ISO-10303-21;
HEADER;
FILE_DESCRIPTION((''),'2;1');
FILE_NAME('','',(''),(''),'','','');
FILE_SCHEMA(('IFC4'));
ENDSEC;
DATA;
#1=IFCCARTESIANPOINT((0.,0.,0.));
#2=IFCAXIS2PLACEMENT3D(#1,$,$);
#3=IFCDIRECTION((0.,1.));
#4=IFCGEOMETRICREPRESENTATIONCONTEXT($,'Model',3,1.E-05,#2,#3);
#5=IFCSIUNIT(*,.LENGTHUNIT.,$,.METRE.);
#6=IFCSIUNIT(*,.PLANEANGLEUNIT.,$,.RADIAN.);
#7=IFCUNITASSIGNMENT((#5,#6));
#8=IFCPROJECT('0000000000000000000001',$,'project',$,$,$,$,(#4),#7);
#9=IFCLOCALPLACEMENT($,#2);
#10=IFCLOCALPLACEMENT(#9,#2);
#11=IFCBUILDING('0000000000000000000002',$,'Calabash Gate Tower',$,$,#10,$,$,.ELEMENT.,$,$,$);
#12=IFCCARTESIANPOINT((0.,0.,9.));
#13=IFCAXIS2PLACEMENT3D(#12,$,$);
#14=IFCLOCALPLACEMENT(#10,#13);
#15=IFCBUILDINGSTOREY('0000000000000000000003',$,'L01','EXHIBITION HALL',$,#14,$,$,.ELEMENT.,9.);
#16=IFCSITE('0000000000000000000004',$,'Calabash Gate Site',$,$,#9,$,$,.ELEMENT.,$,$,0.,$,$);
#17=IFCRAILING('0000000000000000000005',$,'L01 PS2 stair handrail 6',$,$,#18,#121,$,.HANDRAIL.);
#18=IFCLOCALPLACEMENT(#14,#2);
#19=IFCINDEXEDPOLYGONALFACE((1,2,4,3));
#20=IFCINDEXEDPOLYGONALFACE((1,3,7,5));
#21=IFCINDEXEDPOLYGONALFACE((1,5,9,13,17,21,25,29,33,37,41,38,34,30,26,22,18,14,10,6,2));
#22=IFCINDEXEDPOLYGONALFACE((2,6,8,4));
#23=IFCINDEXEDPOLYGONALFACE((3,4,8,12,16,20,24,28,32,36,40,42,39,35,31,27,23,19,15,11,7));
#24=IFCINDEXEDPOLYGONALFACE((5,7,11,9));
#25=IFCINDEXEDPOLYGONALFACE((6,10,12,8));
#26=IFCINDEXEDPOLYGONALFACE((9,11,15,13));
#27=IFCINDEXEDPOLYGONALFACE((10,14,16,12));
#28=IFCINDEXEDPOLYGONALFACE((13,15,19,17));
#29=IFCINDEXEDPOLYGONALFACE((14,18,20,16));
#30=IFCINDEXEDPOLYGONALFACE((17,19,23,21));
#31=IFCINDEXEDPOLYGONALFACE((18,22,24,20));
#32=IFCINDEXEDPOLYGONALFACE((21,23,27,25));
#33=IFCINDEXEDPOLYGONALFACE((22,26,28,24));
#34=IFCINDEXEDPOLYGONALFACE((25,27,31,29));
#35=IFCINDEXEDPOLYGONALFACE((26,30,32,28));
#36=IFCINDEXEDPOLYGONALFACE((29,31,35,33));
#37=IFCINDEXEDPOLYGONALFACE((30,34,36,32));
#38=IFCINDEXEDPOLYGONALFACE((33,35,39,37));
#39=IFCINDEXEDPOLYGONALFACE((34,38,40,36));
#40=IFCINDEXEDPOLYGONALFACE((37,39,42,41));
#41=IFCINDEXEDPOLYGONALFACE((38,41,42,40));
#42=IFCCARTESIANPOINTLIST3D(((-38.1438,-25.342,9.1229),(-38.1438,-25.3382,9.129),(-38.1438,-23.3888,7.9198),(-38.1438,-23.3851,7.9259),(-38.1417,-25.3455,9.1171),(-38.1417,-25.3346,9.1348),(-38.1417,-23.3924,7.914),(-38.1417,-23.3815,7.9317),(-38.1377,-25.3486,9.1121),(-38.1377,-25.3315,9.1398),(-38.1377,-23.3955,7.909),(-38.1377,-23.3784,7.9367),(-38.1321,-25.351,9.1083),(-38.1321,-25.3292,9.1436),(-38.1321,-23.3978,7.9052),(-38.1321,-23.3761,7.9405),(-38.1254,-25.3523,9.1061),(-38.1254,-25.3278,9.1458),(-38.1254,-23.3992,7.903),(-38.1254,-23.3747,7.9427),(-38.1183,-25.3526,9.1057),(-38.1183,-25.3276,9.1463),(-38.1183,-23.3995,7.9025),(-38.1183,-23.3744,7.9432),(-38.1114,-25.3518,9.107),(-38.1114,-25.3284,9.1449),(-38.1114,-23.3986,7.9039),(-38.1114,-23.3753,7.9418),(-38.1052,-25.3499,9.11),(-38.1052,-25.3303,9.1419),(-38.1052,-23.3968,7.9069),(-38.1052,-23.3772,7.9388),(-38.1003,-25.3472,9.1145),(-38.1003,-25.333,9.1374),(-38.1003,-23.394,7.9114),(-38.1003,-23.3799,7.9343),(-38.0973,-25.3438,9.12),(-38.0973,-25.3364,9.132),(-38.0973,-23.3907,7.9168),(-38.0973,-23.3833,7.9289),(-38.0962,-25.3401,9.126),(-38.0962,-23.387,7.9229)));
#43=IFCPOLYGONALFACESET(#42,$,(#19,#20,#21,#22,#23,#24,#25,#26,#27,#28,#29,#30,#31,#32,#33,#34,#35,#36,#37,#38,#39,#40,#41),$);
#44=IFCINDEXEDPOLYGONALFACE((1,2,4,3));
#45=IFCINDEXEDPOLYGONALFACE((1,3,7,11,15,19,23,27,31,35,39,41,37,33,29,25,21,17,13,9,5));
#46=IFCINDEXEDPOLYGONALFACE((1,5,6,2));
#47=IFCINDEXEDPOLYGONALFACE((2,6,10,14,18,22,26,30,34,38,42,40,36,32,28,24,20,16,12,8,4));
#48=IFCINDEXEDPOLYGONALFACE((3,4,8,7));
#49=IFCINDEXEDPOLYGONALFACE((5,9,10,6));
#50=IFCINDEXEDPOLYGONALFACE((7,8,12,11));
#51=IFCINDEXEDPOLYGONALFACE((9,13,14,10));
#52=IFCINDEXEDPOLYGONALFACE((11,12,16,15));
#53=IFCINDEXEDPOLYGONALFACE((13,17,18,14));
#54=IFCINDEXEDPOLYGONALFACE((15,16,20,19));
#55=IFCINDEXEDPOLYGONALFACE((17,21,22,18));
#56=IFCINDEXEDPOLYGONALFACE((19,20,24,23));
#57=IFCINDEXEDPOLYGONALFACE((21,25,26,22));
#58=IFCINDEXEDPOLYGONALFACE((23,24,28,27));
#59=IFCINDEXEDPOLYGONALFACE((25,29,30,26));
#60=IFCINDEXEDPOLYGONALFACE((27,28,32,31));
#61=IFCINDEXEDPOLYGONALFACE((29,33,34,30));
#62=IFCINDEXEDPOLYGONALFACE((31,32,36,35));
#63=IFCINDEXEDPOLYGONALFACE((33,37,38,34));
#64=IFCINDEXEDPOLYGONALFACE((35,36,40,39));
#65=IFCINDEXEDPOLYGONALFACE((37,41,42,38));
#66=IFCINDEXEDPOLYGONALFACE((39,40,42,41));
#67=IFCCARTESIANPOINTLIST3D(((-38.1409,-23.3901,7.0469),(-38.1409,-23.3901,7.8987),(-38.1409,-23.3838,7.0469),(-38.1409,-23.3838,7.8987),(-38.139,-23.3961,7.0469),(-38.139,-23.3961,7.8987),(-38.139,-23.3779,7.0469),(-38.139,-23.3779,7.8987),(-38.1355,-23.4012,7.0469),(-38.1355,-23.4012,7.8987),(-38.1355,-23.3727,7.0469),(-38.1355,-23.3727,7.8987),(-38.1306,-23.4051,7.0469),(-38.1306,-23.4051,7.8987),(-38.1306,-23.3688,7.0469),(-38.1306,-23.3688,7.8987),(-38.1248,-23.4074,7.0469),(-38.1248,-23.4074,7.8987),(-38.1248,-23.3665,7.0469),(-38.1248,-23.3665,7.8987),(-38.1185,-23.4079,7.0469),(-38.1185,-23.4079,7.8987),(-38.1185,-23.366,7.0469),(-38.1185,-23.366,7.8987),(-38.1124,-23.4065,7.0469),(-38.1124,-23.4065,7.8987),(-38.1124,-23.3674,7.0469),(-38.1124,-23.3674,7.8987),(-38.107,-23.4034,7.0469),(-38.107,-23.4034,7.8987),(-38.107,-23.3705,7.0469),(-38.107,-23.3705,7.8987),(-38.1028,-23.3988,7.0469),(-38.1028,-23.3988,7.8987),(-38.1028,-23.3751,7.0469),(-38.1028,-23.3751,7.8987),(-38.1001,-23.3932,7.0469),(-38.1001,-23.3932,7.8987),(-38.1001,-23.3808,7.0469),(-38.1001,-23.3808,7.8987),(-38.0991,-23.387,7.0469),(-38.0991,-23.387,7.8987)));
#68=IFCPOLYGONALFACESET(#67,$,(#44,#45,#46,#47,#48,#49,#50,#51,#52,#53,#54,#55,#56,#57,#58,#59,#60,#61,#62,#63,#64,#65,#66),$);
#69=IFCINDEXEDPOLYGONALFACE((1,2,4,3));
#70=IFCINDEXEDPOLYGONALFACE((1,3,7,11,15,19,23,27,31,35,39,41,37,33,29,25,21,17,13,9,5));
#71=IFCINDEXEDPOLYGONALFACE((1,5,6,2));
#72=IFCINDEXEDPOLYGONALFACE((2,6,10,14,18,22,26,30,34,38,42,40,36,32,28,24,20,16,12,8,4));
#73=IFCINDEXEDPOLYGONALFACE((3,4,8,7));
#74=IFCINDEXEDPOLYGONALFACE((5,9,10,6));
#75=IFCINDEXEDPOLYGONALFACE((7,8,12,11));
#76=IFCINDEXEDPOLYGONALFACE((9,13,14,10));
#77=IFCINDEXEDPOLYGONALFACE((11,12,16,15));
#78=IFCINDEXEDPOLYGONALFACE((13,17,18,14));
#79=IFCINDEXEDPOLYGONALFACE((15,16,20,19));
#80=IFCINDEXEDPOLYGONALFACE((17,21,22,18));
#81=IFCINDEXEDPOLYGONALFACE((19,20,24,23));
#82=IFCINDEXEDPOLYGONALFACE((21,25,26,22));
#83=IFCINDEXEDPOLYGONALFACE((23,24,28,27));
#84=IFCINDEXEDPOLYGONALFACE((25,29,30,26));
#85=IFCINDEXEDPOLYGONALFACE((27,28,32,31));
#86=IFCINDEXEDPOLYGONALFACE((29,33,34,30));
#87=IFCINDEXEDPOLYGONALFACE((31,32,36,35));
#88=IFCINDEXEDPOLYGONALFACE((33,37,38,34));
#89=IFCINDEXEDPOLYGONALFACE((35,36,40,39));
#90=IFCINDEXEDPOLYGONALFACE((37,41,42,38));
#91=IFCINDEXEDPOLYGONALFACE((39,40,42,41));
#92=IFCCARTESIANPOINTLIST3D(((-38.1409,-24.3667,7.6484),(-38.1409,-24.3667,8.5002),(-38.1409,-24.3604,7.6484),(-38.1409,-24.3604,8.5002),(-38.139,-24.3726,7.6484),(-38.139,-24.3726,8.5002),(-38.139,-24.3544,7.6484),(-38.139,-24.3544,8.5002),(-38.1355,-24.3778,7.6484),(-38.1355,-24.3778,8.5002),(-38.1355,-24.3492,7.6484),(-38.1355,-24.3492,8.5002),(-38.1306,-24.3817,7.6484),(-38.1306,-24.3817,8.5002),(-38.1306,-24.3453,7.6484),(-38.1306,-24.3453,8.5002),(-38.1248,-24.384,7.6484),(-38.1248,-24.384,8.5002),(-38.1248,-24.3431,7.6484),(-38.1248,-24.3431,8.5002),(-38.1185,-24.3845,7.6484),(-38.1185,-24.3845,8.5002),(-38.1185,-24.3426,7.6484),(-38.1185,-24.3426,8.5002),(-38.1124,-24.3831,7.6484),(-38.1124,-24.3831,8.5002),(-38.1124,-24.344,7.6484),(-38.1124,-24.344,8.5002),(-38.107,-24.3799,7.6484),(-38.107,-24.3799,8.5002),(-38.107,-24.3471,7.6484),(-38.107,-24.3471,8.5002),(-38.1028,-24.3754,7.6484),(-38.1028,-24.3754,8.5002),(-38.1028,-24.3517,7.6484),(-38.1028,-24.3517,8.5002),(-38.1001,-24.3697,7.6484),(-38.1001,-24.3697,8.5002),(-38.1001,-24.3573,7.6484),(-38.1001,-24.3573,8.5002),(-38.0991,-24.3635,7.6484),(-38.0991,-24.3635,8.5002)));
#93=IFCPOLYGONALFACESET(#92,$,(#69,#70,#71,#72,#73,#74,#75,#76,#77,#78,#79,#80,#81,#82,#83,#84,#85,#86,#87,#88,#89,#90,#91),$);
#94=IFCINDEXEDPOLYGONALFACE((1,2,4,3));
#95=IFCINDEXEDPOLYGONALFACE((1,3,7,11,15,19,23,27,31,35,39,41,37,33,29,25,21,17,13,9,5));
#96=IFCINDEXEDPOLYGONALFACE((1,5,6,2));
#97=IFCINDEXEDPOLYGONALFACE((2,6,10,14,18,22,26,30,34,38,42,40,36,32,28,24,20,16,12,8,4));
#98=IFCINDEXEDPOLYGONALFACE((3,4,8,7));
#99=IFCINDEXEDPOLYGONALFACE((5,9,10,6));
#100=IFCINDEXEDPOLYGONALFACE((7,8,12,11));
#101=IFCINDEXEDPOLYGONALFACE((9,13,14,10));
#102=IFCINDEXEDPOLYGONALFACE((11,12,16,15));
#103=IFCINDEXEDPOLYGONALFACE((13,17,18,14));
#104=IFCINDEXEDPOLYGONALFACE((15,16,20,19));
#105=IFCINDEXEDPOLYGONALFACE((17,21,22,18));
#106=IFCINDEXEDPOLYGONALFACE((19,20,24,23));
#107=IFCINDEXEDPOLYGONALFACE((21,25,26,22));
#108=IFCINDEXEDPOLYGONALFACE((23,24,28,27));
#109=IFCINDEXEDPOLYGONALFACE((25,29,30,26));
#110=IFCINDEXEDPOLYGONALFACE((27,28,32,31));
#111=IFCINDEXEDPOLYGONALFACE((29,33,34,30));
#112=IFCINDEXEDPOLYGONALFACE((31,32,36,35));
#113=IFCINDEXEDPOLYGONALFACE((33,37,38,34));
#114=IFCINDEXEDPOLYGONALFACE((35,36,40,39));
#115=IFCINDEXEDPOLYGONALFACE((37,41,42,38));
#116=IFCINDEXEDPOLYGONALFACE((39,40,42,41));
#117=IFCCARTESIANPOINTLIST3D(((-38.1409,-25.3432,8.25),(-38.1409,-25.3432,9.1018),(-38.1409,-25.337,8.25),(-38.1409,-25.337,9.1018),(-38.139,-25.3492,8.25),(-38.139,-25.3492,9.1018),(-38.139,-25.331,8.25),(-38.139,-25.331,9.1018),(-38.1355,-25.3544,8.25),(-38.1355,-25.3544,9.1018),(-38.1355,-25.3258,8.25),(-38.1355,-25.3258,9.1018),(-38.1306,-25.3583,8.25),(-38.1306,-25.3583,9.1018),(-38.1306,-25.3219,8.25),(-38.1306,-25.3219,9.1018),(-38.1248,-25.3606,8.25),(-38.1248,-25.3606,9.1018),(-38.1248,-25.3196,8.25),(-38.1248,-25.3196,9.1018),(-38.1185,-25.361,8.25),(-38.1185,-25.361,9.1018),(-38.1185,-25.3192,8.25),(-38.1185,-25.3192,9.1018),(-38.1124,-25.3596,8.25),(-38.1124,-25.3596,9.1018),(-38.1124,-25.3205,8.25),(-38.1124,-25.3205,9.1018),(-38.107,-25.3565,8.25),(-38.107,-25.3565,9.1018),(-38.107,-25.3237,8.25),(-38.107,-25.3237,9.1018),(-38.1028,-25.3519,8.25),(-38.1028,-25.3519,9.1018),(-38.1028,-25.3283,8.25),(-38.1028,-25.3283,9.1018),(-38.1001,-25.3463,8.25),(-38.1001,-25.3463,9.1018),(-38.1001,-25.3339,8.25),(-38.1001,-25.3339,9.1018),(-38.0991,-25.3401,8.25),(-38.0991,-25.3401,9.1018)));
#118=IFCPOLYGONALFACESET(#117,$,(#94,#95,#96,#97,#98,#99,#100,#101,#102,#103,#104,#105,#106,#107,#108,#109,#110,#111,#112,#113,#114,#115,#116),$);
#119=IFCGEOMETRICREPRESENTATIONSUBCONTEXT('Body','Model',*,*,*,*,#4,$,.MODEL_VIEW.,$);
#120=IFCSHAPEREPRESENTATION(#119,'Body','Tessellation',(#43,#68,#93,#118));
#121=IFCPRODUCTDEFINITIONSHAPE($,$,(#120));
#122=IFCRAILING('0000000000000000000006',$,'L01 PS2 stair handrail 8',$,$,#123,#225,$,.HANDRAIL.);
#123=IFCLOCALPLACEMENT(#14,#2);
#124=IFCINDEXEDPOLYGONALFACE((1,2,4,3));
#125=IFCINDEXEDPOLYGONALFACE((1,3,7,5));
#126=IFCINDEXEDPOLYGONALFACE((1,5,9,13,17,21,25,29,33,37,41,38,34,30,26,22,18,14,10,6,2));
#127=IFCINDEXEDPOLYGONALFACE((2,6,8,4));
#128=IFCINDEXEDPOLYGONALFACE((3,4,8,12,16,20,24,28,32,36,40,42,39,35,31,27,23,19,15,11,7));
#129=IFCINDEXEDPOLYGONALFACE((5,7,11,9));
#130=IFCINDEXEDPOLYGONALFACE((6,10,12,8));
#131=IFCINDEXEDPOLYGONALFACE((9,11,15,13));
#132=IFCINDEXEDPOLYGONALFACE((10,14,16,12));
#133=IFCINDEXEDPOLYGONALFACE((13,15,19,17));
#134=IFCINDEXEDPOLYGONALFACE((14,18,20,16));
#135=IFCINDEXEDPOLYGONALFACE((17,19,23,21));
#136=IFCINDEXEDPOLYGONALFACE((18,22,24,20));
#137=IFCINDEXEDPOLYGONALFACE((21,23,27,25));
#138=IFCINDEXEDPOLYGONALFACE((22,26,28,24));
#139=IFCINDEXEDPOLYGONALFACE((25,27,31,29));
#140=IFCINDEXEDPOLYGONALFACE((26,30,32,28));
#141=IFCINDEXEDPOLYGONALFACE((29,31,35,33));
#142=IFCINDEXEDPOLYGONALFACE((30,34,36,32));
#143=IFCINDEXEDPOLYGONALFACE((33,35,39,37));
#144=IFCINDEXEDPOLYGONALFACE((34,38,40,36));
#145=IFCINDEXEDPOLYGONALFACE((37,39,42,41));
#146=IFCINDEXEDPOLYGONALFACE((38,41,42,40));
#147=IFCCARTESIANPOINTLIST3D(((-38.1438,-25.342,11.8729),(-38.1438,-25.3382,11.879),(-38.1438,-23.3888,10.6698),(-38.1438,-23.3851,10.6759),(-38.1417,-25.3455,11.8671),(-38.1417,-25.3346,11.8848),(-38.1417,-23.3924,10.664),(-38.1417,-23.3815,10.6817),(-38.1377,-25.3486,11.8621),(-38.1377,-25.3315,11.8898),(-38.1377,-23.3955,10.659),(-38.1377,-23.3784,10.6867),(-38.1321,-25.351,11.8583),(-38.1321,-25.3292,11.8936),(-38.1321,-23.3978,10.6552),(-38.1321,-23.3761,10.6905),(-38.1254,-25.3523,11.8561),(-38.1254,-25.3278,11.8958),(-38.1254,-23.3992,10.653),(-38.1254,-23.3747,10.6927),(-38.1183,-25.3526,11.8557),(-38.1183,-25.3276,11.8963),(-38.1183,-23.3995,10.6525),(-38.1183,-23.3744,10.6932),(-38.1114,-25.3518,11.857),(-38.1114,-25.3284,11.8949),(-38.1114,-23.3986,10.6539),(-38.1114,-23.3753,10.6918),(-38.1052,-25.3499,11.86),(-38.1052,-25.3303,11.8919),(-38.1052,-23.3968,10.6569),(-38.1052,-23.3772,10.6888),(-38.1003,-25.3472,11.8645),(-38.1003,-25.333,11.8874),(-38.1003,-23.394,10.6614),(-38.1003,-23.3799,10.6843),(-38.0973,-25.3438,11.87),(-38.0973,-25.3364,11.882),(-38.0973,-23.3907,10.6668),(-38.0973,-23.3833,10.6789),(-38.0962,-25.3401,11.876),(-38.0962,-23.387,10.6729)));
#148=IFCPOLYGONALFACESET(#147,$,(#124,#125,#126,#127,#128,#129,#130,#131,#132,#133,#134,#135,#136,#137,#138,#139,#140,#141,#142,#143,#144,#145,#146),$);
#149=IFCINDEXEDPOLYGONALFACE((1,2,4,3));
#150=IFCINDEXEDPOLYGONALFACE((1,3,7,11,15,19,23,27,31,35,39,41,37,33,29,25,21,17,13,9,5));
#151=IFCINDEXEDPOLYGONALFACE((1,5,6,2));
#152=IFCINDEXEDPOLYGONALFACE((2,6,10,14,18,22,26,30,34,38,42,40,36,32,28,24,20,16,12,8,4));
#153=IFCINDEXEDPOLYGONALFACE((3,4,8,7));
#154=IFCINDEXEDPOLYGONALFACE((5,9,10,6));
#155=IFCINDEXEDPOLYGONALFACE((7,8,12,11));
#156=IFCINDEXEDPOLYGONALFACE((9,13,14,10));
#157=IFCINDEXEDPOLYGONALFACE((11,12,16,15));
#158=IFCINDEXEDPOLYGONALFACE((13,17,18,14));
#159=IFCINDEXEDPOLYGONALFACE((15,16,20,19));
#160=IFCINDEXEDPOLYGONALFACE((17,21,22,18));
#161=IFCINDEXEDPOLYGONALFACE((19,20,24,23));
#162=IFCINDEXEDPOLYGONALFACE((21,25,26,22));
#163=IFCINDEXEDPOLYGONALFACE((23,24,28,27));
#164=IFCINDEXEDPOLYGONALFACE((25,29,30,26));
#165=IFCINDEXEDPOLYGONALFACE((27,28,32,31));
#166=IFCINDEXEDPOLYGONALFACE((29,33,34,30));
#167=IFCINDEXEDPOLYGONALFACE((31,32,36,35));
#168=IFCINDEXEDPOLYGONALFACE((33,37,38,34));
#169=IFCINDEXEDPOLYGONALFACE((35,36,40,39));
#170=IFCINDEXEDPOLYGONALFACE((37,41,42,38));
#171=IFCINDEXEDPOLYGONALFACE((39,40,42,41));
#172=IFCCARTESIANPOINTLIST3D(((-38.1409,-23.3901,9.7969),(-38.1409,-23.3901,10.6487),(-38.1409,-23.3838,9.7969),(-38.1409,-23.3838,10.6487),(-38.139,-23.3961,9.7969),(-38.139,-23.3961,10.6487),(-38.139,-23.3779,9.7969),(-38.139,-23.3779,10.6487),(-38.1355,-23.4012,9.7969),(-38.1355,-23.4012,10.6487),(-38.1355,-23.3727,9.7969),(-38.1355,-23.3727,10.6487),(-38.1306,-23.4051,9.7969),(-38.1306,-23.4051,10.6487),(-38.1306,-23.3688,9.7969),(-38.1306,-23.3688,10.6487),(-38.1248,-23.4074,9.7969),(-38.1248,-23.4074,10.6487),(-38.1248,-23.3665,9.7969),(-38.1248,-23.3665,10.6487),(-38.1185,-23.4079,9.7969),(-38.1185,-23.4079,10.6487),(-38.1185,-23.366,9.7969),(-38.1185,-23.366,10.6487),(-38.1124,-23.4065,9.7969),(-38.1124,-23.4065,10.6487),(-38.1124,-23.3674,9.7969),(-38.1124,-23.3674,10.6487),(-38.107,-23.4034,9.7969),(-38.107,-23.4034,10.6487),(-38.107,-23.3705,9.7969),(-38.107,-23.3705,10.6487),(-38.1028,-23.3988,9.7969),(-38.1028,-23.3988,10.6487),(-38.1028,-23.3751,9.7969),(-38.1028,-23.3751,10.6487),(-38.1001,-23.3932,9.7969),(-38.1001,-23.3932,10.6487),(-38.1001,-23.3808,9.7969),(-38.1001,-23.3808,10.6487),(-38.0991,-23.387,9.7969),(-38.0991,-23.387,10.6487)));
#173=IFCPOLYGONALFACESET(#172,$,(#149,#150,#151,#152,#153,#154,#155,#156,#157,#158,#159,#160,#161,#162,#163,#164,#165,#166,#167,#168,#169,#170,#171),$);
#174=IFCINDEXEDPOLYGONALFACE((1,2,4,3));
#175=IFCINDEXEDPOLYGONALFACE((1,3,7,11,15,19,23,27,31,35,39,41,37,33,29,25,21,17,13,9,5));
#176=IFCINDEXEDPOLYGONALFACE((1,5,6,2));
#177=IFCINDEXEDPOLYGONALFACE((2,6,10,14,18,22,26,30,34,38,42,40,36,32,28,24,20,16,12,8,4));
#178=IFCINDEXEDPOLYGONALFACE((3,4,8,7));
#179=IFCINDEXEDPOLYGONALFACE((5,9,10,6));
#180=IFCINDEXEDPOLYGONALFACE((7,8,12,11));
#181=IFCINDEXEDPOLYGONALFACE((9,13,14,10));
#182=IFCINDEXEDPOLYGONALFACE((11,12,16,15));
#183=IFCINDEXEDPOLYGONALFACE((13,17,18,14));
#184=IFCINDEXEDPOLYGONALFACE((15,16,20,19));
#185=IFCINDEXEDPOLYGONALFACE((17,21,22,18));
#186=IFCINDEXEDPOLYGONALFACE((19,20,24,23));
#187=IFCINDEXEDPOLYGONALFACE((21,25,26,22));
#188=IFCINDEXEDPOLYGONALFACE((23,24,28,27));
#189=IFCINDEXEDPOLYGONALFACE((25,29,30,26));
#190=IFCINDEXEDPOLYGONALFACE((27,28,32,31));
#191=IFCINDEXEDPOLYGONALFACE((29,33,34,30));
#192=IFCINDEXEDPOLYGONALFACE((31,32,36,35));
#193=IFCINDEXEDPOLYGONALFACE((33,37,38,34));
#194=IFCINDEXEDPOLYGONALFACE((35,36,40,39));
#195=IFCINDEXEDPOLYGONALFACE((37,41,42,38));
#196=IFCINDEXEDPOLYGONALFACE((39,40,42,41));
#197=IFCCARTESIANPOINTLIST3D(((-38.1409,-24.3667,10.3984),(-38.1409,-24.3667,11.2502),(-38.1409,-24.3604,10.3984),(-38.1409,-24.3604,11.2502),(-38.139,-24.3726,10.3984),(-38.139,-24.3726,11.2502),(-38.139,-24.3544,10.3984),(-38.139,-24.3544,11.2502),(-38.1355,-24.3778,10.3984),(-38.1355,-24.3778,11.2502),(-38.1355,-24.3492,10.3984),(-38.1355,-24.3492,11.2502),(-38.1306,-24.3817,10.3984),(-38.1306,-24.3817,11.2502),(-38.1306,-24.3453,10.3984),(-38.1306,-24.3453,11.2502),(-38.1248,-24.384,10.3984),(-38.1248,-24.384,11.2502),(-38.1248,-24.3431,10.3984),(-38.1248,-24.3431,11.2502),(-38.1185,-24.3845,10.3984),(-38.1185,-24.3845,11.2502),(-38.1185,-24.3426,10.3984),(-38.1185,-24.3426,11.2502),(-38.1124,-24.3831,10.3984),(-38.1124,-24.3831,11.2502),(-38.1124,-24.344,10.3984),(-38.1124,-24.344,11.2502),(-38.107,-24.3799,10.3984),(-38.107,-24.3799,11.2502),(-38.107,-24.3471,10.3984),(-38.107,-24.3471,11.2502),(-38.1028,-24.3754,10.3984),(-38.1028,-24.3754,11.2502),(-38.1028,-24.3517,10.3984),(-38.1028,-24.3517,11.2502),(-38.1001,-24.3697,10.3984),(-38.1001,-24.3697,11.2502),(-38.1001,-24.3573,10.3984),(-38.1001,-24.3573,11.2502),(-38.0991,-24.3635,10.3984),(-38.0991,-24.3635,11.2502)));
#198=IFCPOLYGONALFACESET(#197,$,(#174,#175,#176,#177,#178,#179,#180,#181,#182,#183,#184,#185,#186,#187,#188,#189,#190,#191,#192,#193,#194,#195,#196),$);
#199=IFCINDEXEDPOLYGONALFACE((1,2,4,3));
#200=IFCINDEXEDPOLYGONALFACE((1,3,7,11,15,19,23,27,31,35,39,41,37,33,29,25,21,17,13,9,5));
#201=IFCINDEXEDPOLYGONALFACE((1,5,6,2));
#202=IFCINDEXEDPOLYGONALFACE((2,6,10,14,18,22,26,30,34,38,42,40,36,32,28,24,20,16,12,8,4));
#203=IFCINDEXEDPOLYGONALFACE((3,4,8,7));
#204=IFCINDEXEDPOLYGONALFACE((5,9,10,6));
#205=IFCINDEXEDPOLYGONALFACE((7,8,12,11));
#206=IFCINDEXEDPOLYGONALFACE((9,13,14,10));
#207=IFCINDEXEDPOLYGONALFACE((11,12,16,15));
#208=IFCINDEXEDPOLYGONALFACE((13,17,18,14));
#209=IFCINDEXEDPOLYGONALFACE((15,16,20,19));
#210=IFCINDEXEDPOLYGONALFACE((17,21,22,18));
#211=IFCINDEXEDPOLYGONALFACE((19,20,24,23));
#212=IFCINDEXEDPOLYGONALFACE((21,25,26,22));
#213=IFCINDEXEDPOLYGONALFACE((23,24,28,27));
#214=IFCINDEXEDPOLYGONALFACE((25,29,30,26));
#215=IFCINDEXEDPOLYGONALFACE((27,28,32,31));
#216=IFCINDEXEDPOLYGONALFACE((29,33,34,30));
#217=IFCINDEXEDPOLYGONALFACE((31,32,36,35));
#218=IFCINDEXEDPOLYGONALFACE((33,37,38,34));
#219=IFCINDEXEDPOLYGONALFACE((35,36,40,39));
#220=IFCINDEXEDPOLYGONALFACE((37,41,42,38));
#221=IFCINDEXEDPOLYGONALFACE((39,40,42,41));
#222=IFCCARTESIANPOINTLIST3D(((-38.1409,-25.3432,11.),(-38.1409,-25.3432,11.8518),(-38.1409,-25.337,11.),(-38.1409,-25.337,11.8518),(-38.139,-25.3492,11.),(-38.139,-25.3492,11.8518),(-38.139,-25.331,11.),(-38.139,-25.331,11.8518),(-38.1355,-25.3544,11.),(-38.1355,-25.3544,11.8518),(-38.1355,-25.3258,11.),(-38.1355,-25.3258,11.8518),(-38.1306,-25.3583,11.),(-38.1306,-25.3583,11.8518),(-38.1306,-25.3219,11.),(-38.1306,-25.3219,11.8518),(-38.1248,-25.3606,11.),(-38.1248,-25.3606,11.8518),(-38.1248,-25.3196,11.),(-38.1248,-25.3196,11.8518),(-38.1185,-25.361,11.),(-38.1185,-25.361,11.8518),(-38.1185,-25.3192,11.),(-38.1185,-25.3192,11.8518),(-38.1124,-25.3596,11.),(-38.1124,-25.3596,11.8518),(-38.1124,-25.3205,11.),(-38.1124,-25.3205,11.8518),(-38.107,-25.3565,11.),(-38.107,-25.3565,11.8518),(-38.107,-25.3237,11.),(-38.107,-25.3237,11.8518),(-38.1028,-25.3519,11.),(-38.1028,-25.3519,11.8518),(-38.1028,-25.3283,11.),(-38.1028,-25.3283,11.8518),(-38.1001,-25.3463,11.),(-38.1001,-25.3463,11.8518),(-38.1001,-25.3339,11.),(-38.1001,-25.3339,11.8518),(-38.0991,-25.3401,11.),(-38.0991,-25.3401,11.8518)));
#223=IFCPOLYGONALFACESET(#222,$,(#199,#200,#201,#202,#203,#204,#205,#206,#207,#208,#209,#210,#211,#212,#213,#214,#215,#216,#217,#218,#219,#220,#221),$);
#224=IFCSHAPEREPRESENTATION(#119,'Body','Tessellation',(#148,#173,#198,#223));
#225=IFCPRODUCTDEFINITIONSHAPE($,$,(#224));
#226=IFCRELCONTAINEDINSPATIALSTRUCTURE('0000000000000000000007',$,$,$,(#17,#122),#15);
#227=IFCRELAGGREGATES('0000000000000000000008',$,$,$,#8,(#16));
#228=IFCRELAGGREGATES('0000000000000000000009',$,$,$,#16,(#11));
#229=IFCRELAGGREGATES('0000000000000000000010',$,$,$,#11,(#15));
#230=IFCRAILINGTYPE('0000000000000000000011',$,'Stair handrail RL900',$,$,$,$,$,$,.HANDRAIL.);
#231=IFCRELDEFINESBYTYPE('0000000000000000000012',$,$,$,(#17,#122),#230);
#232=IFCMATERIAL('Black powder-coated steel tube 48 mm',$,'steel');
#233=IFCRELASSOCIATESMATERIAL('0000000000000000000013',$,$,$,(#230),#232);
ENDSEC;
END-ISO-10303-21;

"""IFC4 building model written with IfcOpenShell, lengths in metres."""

from ifc_helpers import new_model, si_unit, direction, frame, origin, origin_2d, place, context, subcontext, project, spatial, circle, extrude, material, type_object, element, save


model = new_model("IFC4")

# Units and contexts
model_context = context("Model", 3, precision=1e-05, world=origin(), true_north=direction((0.0, 1.0)))
body_context = subcontext(model_context, "Body", "Model", "MODEL_VIEW")
ifc_project = project(units=[si_unit("LENGTHUNIT", "METRE"), si_unit("PLANEANGLEUNIT", "RADIAN")], contexts=[model_context])

# Site, building, storey
site_placement = place(None, origin())
site = spatial("IfcSite", under=ifc_project, at=site_placement, Name="Calabash Gate Site", CompositionType="ELEMENT", RefElevation=0.0)
building_placement = place(site_placement, origin())
building = spatial("IfcBuilding", under=site, at=building_placement, Name="Calabash Gate Tower", CompositionType="ELEMENT")
storey_placement = place(building_placement, frame((0.0, 0.0, 9.0)))
storey = spatial("IfcBuildingStorey", under=building, at=storey_placement, Name="L01", Description="EXHIBITION HALL", CompositionType="ELEMENT", Elevation=9.0)

# Railings
ifc_material_1 = material(Name="Black powder-coated steel tube 48 mm", Category="steel")
railing_type_1 = type_object("IfcRailingType", Name="Stair handrail RL900", PredefinedType="HANDRAIL", material=ifc_material_1)
for number, where, name in (
    (1, (-38.1201, -23.387, 7.0469), "L01 PS2 stair handrail 6"),
    (2, (-38.1201, -23.387, 9.7969), "L01 PS2 stair handrail 8"),
):
    element("IfcRailing", number, at=place(storey_placement, frame(where)), inside=storey, type_object=railing_type_1, Name=name, PredefinedType="HANDRAIL", context=body_context, shape_type="SweptSolid", body=[
        extrude(circle(Radius=0.0239, at=origin_2d()), frame((0.0, 0.0, 0.876), z_axis=(0.0, -0.851424, 0.524477), x_axis=(1.0, 0.0, 0.0)), (0.0, 0.0, 1.0), 2.2939),
        extrude(circle(Radius=0.021, at=origin_2d()), origin(), (0.0, 0.0, 1.0), 0.8518),
        extrude(circle(Radius=0.021, at=origin_2d()), frame((0.0, -0.9766, 0.6016)), (0.0, 0.0, 1.0), 0.8518),
        extrude(circle(Radius=0.021, at=origin_2d()), frame((0.0, -1.9531, 1.2031)), (0.0, 0.0, 1.0), 0.8518),
    ])

save(model, "model.ifc")
